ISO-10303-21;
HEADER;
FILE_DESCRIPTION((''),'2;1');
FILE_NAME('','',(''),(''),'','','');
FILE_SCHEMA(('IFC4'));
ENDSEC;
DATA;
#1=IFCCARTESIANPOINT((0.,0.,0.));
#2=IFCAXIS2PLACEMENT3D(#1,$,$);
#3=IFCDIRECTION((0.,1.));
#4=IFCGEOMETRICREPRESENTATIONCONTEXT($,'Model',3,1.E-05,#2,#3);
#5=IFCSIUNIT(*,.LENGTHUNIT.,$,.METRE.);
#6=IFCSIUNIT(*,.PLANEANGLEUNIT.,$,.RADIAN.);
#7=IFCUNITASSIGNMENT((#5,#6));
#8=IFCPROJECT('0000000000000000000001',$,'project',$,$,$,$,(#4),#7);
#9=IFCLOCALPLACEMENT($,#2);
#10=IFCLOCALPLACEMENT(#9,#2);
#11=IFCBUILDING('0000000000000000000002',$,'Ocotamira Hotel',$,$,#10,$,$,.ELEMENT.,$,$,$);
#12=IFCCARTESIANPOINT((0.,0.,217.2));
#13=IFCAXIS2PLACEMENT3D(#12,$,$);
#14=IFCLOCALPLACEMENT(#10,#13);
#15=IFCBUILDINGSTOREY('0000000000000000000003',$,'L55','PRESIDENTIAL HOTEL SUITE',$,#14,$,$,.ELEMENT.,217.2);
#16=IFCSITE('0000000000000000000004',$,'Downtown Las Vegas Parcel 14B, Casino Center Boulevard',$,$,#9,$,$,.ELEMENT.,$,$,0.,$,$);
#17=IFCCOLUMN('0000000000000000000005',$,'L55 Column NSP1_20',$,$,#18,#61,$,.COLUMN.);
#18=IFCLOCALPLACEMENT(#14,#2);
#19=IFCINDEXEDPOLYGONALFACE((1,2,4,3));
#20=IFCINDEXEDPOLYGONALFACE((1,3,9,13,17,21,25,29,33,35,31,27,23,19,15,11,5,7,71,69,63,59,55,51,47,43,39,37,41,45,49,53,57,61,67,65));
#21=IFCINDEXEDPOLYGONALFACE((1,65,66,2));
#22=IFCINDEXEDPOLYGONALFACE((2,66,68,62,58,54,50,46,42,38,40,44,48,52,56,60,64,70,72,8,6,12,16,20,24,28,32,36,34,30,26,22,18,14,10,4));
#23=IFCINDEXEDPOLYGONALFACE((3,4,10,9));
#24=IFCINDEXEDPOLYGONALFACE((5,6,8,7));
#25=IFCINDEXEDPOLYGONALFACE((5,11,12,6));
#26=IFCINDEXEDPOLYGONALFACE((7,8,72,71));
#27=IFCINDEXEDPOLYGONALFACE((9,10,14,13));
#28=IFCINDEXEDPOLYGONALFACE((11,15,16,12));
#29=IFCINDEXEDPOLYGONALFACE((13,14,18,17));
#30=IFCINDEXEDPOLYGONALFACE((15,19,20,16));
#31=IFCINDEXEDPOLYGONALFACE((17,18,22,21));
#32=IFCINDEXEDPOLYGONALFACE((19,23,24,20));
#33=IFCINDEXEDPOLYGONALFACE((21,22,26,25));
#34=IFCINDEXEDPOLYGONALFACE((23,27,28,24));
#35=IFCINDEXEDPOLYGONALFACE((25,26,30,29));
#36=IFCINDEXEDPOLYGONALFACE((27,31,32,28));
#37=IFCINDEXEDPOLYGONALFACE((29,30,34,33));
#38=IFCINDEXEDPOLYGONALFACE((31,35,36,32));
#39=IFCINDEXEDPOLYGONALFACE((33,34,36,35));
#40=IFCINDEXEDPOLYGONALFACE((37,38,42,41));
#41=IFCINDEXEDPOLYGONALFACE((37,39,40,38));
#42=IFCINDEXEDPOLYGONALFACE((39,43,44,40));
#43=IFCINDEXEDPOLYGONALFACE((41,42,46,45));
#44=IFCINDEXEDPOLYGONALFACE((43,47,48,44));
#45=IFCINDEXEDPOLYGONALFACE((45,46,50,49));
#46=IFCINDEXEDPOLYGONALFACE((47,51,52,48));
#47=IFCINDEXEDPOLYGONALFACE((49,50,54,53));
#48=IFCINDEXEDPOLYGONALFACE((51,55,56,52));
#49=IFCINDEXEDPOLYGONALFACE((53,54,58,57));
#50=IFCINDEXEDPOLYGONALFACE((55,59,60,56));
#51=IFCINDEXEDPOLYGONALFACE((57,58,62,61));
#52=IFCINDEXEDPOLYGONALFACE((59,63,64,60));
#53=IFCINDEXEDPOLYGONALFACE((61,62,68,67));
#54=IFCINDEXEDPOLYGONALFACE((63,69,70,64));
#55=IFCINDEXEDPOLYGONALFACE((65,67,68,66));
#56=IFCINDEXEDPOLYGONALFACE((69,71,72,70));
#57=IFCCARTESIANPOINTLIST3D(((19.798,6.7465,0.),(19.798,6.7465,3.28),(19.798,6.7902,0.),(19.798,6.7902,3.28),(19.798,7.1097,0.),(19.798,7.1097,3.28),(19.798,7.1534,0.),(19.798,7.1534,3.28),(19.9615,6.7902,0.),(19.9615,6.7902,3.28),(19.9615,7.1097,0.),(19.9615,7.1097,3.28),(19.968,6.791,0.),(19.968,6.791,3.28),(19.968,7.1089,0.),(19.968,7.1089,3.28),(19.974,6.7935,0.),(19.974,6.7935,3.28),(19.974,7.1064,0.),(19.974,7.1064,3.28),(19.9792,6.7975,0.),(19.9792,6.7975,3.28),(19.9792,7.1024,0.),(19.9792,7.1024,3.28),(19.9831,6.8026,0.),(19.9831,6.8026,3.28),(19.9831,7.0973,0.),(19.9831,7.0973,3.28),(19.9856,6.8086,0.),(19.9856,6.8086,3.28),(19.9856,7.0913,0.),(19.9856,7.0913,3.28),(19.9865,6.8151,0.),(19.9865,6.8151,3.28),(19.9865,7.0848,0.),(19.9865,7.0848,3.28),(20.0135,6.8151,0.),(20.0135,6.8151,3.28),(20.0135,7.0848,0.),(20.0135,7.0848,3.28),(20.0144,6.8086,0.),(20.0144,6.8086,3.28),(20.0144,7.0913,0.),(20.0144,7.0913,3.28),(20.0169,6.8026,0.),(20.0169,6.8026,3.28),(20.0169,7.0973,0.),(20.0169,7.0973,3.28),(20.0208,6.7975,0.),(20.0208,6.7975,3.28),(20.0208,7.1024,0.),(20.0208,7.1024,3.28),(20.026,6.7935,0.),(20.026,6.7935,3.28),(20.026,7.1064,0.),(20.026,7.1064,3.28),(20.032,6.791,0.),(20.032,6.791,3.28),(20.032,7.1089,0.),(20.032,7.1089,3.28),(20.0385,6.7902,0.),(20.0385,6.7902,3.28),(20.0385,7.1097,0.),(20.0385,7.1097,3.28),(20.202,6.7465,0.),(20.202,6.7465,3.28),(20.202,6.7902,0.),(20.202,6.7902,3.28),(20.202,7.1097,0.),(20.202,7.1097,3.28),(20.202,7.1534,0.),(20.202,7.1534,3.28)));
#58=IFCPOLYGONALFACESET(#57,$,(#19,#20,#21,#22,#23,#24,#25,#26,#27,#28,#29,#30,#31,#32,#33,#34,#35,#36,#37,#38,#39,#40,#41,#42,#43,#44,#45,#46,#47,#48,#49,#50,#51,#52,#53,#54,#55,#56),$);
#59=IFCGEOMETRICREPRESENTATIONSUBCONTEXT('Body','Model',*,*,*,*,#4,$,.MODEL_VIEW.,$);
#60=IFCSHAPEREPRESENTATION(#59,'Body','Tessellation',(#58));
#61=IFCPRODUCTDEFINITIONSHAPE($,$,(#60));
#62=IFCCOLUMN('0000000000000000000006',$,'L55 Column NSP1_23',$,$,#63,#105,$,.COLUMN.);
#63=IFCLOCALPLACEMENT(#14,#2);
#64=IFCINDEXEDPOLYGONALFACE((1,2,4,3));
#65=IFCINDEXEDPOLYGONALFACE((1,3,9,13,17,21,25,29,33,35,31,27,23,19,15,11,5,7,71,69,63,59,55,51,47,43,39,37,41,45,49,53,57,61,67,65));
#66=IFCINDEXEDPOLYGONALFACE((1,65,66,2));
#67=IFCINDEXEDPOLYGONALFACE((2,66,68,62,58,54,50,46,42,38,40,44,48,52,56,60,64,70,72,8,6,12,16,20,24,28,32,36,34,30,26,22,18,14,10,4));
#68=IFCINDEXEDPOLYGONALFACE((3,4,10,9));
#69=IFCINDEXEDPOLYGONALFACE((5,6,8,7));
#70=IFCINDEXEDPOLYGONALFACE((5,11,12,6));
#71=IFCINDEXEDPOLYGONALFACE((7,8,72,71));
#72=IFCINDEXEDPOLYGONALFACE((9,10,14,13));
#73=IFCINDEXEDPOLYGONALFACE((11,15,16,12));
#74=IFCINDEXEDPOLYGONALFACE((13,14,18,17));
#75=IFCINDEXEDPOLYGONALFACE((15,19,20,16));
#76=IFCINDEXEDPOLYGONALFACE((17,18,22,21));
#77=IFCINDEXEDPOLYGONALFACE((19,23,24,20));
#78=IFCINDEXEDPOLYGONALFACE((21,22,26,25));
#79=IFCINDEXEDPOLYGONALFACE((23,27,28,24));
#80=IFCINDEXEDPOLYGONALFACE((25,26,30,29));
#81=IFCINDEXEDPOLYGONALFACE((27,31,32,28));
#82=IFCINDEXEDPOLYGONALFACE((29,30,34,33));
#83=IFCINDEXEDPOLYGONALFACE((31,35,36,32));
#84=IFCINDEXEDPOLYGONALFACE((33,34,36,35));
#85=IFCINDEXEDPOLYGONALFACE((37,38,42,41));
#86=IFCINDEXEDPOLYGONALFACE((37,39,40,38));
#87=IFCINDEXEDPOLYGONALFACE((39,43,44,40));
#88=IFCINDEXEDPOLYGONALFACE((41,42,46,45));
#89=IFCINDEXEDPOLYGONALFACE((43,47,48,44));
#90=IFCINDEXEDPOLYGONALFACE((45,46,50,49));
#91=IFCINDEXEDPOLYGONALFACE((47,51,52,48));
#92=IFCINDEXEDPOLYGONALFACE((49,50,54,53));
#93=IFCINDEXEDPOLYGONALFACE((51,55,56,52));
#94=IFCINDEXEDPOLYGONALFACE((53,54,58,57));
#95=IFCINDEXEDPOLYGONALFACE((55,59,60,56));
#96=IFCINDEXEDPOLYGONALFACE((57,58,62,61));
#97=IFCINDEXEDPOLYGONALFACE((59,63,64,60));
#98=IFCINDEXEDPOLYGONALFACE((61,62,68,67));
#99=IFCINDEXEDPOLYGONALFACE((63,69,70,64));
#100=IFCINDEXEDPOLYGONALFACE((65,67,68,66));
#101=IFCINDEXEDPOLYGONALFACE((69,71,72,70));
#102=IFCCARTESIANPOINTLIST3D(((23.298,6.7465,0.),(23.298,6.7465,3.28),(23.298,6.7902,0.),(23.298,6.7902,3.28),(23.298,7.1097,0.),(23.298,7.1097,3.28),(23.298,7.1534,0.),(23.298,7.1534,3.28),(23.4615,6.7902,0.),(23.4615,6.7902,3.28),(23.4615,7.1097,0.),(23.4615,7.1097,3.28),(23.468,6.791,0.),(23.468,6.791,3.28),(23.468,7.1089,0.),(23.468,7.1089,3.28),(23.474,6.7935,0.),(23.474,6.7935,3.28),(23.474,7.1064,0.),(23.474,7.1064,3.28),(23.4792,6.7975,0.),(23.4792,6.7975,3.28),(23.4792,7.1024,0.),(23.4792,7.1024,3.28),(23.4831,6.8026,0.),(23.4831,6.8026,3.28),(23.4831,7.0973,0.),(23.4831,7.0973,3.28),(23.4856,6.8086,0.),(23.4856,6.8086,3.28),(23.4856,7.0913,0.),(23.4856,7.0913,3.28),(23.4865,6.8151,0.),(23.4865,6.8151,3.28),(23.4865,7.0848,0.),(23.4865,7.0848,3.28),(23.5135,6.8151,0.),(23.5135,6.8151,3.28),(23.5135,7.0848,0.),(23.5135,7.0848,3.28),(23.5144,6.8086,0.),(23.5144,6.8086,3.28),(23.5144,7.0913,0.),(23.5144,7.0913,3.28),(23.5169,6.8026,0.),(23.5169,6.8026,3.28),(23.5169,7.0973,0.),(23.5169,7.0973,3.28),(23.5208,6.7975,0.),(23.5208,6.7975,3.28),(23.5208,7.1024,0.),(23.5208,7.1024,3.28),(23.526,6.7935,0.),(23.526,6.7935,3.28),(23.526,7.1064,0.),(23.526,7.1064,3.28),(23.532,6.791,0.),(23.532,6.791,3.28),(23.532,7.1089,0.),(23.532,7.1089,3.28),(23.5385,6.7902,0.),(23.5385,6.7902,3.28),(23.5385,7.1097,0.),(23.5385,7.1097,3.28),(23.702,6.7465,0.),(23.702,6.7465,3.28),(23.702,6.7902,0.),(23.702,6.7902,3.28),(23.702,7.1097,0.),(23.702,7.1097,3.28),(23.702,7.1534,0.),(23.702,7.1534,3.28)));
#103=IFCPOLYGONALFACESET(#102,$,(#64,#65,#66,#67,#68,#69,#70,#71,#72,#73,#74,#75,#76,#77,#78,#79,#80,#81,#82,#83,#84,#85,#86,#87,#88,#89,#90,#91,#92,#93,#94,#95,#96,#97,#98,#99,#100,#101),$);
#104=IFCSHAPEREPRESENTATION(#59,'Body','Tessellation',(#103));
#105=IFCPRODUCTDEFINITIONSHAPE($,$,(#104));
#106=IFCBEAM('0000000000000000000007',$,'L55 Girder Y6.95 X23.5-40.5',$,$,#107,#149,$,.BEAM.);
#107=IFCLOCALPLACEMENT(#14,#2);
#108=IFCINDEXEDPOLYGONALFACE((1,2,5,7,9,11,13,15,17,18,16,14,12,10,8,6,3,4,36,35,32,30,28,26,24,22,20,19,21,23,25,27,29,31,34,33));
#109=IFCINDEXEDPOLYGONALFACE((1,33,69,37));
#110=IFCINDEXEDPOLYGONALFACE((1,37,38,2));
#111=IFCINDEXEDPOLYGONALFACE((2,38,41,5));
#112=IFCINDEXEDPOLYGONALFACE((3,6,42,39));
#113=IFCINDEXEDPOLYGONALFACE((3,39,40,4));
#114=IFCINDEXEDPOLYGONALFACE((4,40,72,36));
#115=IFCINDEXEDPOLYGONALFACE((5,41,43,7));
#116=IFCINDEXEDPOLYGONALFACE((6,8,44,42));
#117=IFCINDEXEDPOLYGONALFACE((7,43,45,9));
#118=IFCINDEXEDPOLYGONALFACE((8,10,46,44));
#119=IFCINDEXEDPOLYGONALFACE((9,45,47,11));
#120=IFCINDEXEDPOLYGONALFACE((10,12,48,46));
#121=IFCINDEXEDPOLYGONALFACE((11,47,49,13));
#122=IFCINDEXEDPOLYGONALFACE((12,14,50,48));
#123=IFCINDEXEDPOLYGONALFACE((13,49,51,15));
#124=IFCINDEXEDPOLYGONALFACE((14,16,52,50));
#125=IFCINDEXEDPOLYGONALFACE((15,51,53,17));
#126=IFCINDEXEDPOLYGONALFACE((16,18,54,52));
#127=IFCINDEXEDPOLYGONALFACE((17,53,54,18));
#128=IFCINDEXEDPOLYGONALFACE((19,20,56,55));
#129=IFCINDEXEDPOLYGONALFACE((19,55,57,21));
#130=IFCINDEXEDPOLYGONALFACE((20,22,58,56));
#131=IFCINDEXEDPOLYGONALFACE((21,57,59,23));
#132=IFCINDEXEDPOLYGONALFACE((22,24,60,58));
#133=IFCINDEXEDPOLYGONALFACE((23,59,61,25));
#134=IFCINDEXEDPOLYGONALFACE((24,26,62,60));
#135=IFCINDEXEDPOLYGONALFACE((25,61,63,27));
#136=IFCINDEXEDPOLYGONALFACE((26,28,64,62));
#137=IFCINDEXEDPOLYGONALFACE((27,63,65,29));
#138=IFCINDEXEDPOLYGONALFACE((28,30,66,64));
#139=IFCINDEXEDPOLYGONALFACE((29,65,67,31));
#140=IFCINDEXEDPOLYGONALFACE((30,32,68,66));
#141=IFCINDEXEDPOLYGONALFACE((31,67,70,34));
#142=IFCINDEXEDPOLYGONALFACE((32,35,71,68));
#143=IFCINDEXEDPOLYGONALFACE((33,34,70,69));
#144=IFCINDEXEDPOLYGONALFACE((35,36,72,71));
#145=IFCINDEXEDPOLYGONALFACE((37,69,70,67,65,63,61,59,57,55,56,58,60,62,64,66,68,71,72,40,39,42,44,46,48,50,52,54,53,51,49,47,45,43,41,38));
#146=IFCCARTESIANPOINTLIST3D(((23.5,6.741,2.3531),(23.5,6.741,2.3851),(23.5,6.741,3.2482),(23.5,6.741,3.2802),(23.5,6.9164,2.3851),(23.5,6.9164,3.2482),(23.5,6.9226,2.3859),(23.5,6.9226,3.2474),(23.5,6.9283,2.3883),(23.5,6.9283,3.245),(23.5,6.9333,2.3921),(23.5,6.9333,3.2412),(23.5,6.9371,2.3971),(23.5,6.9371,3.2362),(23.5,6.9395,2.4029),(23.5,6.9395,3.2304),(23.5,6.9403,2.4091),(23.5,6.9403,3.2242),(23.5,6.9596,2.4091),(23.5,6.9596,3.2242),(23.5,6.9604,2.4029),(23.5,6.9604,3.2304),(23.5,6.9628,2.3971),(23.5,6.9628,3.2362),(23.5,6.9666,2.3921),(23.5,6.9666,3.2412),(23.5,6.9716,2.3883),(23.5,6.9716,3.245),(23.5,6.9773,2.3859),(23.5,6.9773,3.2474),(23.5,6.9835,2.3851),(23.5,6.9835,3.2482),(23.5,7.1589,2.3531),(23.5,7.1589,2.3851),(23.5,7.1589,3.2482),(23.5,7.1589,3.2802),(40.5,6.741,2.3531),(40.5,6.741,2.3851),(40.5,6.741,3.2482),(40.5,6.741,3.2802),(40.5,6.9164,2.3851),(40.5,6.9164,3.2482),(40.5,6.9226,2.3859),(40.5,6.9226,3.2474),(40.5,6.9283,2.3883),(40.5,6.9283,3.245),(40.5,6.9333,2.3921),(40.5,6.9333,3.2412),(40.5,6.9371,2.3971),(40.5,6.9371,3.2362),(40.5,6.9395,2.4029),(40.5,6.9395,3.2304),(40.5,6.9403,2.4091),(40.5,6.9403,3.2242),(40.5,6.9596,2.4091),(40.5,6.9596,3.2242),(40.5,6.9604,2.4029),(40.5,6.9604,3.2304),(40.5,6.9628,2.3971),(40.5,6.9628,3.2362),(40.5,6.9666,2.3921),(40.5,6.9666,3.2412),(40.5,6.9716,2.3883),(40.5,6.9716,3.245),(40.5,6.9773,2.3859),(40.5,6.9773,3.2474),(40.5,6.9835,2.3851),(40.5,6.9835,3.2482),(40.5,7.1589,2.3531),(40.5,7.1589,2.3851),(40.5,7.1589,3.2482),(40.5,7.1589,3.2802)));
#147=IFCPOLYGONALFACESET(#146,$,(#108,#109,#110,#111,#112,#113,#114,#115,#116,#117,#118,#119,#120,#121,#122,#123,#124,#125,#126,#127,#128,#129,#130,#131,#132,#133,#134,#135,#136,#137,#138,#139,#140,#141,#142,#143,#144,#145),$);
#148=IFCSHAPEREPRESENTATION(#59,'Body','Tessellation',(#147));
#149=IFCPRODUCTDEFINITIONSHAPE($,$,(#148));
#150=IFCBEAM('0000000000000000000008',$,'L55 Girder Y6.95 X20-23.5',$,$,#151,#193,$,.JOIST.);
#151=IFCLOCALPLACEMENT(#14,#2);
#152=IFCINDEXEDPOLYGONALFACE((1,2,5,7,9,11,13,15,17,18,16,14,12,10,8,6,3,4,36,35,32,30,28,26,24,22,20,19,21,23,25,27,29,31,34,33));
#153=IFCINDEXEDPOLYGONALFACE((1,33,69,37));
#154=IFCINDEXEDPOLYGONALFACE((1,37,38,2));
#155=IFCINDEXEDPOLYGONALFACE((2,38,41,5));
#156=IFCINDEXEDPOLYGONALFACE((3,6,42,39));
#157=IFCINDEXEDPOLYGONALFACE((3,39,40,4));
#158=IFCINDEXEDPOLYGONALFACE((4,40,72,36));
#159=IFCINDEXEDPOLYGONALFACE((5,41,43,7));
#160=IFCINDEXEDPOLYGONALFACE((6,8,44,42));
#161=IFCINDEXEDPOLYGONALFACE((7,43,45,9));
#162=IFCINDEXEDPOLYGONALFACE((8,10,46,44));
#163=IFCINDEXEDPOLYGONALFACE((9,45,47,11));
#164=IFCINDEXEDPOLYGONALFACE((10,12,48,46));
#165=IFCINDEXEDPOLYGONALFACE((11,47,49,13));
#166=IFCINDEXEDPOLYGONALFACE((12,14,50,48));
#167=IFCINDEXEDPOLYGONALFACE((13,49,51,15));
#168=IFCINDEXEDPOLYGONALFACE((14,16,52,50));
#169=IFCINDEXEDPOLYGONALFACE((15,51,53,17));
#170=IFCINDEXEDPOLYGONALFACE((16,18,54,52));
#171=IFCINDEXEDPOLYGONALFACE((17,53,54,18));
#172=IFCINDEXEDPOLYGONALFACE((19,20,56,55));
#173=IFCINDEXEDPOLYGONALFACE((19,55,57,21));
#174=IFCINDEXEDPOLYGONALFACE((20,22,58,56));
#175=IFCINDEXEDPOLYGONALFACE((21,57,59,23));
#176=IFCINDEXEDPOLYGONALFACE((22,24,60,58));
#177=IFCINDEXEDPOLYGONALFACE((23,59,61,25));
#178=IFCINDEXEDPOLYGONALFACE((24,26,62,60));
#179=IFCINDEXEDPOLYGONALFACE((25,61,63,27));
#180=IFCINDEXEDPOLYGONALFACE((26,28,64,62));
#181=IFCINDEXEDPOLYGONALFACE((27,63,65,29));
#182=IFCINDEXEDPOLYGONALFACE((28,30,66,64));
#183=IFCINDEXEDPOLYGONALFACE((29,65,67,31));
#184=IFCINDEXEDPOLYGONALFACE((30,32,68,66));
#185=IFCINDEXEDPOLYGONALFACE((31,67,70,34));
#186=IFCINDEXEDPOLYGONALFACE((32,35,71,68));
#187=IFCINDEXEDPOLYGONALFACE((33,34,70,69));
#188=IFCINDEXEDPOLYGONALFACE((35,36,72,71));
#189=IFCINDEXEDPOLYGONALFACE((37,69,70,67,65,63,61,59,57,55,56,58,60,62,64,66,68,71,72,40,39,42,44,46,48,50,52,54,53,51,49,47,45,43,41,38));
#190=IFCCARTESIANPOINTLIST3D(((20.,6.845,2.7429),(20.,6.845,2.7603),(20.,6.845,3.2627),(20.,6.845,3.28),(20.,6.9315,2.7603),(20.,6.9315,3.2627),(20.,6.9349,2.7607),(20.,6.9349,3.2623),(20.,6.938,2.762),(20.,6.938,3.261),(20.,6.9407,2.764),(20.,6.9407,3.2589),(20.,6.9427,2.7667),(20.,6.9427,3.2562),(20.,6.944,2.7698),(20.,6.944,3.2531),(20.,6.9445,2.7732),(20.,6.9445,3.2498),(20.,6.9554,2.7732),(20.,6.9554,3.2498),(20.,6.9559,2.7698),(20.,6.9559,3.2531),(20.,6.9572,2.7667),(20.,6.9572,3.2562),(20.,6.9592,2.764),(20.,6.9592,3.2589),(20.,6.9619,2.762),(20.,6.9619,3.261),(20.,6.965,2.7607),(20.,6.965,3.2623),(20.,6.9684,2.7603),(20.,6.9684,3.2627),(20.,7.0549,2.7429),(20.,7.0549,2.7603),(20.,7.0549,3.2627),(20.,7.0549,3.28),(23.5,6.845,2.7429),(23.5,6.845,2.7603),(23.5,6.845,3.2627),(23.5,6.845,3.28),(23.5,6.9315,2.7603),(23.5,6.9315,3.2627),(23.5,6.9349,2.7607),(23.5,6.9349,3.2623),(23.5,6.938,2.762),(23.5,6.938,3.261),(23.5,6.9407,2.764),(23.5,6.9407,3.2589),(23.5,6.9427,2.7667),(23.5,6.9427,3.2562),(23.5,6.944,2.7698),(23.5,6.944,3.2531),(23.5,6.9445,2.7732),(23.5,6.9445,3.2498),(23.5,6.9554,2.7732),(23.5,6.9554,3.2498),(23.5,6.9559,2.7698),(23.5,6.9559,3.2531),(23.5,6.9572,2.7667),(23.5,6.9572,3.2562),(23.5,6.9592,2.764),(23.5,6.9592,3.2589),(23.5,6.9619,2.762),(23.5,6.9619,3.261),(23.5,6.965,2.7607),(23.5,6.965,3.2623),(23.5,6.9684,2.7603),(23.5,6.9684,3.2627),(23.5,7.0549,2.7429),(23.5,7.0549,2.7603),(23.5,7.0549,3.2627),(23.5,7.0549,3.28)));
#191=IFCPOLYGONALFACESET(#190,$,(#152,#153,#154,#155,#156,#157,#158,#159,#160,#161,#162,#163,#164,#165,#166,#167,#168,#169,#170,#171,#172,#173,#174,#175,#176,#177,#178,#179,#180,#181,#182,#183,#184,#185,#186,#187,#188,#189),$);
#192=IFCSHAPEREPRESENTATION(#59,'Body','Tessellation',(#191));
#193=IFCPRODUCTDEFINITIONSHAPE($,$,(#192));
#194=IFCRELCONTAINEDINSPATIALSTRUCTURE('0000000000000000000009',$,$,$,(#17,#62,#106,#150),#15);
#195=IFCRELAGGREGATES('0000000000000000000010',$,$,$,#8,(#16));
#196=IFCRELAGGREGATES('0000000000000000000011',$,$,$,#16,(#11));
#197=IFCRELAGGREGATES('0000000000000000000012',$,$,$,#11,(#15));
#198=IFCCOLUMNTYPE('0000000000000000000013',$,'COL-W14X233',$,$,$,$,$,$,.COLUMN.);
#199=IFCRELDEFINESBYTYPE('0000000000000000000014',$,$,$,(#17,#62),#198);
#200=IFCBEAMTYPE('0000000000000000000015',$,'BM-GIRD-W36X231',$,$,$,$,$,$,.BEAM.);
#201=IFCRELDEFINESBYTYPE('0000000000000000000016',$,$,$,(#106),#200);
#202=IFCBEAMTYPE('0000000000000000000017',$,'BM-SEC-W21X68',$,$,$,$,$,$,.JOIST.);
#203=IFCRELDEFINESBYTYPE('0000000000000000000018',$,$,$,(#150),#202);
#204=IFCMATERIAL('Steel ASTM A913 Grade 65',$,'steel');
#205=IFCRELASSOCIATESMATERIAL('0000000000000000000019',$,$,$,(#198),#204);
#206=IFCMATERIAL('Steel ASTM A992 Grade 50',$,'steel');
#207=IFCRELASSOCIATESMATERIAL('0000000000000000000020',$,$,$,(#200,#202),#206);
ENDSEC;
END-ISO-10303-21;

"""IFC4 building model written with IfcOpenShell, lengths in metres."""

from ifc_helpers import new_model, si_unit, direction, frame, origin, origin_2d, place, context, subcontext, project, spatial, i_section, extrude, source, transform, mapped, material, material_profile, profile_set, type_object, element, save


model = new_model("IFC4")

# Units and contexts
model_context = context("Model", 3, precision=1e-05, world=origin(), true_north=direction((0.0, 1.0)))
body_context = subcontext(model_context, "Body", "Model", "MODEL_VIEW")
ifc_project = project(units=[si_unit("LENGTHUNIT", "METRE"), si_unit("PLANEANGLEUNIT", "RADIAN")], contexts=[model_context])

# Site, building, storey
site_placement = place(None, origin())
site = spatial("IfcSite", under=ifc_project, at=site_placement, Name="Downtown Las Vegas Parcel 14B, Casino Center Boulevard", CompositionType="ELEMENT", RefElevation=0.0)
building_placement = place(site_placement, origin())
building = spatial("IfcBuilding", under=site, at=building_placement, Name="Ocotamira Hotel", CompositionType="ELEMENT")
storey_placement = place(building_placement, frame((0.0, 0.0, 217.2)))
storey = spatial("IfcBuildingStorey", under=building, at=storey_placement, Name="L55", Description="PRESIDENTIAL HOTEL SUITE", CompositionType="ELEMENT", Elevation=217.2)

# Columns
ifc_material_1 = material(Name="Steel ASTM A913 Grade 65", Category="steel")
ifc_material_profile_1 = material_profile(ifc_material_1, i_section(OverallWidth=0.4041, OverallDepth=0.407, WebThickness=0.0271, FlangeThickness=0.0437, FilletRadius=0.0249, at=origin_2d()), Name="W14X233")
ifc_profile_set_1 = profile_set([ifc_material_profile_1], Name="Steel ASTM A913 Grade 65")
column_type = type_object("IfcColumnType", Name="COL-W14X233", PredefinedType="COLUMN", material=ifc_profile_set_1)
shared_shape_1 = source(origin(), body_context, "Body", "SweptSolid", [
    extrude(i_section(OverallWidth=0.4041, OverallDepth=0.407, WebThickness=0.0271, FlangeThickness=0.0437, FilletRadius=0.0249, at=origin_2d()), origin(), (0.0, 0.0, 1.0), 3.28),
])
for number, where, z_axis, x_axis, name in (
    (1, (20.0, 6.95, 0.0), (0.0, 0.0, 1.0), (1.0, 0.0, 0.0), "L55 Column NSP1_20"),
    (2, (23.5, 6.95, 0.0), (0.0, 0.0, 1.0), (1.0, 0.0, 0.0), "L55 Column NSP1_23"),
):
    element("IfcColumn", number, at=place(storey_placement, frame(where, z_axis=z_axis, x_axis=x_axis)), inside=storey, type_object=column_type, Name=name, PredefinedType="COLUMN", context=body_context, shape_type="MappedRepresentation", body=[
        mapped(shared_shape_1, transform((0.0, 0.0, 0.0), scale=1.0)),
    ])

# Beams
ifc_material_2 = material(Name="Steel ASTM A992 Grade 50", Category="steel")
ifc_material_profile_2 = material_profile(ifc_material_2, i_section(OverallWidth=0.418, OverallDepth=0.927, WebThickness=0.0193, FlangeThickness=0.032, FilletRadius=0.0239, at=origin_2d()), Name="W36X231")
ifc_profile_set_2 = profile_set([ifc_material_profile_2], Name="Steel ASTM A992 Grade 50")
beam_type_1 = type_object("IfcBeamType", Name="BM-GIRD-W36X231", PredefinedType="BEAM", material=ifc_profile_set_2)
shared_shape_2 = source(origin(), body_context, "Body", "SweptSolid", [
    extrude(i_section(OverallWidth=0.418, OverallDepth=0.927, WebThickness=0.0193, FlangeThickness=0.032, FilletRadius=0.0239, at=origin_2d()), origin(), (0.0, 0.0, 1.0), 17.0),
])
beam_1_placement = place(storey_placement, frame((23.5, 6.95, 2.8167), z_axis=(1.0, 0.0, 0.0), x_axis=(0.0, 1.0, 0.0)))
element("IfcBeam", 3, at=beam_1_placement, inside=storey, type_object=beam_type_1, Name="L55 Girder Y6.95 X23.5-40.5", PredefinedType="BEAM", context=body_context, shape_type="MappedRepresentation", body=[
    mapped(shared_shape_2, transform((0.0, 0.0, 0.0), scale=1.0)),
])
ifc_material_profile_3 = material_profile(ifc_material_2, i_section(OverallWidth=0.21, OverallDepth=0.5371, WebThickness=0.011, FlangeThickness=0.0173, FilletRadius=0.0129, at=origin_2d()), Name="W21X68")
ifc_profile_set_3 = profile_set([ifc_material_profile_3], Name="Steel ASTM A992 Grade 50")
beam_type_2 = type_object("IfcBeamType", Name="BM-SEC-W21X68", PredefinedType="JOIST", material=ifc_profile_set_3)
shared_shape_3 = source(origin(), body_context, "Body", "SweptSolid", [
    extrude(i_section(OverallWidth=0.21, OverallDepth=0.5371, WebThickness=0.011, FlangeThickness=0.0173, FilletRadius=0.0129, at=origin_2d()), origin(), (0.0, 0.0, 1.0), 3.5),
])
beam_2_placement = place(storey_placement, frame((20.0, 6.95, 3.0115), z_axis=(1.0, 0.0, 0.0), x_axis=(0.0, 1.0, 0.0)))
element("IfcBeam", 4, at=beam_2_placement, inside=storey, type_object=beam_type_2, Name="L55 Girder Y6.95 X20-23.5", PredefinedType="JOIST", context=body_context, shape_type="MappedRepresentation", body=[
    mapped(shared_shape_3, transform((0.0, 0.0, 0.0), scale=1.0)),
])

save(model, "model.ifc")
